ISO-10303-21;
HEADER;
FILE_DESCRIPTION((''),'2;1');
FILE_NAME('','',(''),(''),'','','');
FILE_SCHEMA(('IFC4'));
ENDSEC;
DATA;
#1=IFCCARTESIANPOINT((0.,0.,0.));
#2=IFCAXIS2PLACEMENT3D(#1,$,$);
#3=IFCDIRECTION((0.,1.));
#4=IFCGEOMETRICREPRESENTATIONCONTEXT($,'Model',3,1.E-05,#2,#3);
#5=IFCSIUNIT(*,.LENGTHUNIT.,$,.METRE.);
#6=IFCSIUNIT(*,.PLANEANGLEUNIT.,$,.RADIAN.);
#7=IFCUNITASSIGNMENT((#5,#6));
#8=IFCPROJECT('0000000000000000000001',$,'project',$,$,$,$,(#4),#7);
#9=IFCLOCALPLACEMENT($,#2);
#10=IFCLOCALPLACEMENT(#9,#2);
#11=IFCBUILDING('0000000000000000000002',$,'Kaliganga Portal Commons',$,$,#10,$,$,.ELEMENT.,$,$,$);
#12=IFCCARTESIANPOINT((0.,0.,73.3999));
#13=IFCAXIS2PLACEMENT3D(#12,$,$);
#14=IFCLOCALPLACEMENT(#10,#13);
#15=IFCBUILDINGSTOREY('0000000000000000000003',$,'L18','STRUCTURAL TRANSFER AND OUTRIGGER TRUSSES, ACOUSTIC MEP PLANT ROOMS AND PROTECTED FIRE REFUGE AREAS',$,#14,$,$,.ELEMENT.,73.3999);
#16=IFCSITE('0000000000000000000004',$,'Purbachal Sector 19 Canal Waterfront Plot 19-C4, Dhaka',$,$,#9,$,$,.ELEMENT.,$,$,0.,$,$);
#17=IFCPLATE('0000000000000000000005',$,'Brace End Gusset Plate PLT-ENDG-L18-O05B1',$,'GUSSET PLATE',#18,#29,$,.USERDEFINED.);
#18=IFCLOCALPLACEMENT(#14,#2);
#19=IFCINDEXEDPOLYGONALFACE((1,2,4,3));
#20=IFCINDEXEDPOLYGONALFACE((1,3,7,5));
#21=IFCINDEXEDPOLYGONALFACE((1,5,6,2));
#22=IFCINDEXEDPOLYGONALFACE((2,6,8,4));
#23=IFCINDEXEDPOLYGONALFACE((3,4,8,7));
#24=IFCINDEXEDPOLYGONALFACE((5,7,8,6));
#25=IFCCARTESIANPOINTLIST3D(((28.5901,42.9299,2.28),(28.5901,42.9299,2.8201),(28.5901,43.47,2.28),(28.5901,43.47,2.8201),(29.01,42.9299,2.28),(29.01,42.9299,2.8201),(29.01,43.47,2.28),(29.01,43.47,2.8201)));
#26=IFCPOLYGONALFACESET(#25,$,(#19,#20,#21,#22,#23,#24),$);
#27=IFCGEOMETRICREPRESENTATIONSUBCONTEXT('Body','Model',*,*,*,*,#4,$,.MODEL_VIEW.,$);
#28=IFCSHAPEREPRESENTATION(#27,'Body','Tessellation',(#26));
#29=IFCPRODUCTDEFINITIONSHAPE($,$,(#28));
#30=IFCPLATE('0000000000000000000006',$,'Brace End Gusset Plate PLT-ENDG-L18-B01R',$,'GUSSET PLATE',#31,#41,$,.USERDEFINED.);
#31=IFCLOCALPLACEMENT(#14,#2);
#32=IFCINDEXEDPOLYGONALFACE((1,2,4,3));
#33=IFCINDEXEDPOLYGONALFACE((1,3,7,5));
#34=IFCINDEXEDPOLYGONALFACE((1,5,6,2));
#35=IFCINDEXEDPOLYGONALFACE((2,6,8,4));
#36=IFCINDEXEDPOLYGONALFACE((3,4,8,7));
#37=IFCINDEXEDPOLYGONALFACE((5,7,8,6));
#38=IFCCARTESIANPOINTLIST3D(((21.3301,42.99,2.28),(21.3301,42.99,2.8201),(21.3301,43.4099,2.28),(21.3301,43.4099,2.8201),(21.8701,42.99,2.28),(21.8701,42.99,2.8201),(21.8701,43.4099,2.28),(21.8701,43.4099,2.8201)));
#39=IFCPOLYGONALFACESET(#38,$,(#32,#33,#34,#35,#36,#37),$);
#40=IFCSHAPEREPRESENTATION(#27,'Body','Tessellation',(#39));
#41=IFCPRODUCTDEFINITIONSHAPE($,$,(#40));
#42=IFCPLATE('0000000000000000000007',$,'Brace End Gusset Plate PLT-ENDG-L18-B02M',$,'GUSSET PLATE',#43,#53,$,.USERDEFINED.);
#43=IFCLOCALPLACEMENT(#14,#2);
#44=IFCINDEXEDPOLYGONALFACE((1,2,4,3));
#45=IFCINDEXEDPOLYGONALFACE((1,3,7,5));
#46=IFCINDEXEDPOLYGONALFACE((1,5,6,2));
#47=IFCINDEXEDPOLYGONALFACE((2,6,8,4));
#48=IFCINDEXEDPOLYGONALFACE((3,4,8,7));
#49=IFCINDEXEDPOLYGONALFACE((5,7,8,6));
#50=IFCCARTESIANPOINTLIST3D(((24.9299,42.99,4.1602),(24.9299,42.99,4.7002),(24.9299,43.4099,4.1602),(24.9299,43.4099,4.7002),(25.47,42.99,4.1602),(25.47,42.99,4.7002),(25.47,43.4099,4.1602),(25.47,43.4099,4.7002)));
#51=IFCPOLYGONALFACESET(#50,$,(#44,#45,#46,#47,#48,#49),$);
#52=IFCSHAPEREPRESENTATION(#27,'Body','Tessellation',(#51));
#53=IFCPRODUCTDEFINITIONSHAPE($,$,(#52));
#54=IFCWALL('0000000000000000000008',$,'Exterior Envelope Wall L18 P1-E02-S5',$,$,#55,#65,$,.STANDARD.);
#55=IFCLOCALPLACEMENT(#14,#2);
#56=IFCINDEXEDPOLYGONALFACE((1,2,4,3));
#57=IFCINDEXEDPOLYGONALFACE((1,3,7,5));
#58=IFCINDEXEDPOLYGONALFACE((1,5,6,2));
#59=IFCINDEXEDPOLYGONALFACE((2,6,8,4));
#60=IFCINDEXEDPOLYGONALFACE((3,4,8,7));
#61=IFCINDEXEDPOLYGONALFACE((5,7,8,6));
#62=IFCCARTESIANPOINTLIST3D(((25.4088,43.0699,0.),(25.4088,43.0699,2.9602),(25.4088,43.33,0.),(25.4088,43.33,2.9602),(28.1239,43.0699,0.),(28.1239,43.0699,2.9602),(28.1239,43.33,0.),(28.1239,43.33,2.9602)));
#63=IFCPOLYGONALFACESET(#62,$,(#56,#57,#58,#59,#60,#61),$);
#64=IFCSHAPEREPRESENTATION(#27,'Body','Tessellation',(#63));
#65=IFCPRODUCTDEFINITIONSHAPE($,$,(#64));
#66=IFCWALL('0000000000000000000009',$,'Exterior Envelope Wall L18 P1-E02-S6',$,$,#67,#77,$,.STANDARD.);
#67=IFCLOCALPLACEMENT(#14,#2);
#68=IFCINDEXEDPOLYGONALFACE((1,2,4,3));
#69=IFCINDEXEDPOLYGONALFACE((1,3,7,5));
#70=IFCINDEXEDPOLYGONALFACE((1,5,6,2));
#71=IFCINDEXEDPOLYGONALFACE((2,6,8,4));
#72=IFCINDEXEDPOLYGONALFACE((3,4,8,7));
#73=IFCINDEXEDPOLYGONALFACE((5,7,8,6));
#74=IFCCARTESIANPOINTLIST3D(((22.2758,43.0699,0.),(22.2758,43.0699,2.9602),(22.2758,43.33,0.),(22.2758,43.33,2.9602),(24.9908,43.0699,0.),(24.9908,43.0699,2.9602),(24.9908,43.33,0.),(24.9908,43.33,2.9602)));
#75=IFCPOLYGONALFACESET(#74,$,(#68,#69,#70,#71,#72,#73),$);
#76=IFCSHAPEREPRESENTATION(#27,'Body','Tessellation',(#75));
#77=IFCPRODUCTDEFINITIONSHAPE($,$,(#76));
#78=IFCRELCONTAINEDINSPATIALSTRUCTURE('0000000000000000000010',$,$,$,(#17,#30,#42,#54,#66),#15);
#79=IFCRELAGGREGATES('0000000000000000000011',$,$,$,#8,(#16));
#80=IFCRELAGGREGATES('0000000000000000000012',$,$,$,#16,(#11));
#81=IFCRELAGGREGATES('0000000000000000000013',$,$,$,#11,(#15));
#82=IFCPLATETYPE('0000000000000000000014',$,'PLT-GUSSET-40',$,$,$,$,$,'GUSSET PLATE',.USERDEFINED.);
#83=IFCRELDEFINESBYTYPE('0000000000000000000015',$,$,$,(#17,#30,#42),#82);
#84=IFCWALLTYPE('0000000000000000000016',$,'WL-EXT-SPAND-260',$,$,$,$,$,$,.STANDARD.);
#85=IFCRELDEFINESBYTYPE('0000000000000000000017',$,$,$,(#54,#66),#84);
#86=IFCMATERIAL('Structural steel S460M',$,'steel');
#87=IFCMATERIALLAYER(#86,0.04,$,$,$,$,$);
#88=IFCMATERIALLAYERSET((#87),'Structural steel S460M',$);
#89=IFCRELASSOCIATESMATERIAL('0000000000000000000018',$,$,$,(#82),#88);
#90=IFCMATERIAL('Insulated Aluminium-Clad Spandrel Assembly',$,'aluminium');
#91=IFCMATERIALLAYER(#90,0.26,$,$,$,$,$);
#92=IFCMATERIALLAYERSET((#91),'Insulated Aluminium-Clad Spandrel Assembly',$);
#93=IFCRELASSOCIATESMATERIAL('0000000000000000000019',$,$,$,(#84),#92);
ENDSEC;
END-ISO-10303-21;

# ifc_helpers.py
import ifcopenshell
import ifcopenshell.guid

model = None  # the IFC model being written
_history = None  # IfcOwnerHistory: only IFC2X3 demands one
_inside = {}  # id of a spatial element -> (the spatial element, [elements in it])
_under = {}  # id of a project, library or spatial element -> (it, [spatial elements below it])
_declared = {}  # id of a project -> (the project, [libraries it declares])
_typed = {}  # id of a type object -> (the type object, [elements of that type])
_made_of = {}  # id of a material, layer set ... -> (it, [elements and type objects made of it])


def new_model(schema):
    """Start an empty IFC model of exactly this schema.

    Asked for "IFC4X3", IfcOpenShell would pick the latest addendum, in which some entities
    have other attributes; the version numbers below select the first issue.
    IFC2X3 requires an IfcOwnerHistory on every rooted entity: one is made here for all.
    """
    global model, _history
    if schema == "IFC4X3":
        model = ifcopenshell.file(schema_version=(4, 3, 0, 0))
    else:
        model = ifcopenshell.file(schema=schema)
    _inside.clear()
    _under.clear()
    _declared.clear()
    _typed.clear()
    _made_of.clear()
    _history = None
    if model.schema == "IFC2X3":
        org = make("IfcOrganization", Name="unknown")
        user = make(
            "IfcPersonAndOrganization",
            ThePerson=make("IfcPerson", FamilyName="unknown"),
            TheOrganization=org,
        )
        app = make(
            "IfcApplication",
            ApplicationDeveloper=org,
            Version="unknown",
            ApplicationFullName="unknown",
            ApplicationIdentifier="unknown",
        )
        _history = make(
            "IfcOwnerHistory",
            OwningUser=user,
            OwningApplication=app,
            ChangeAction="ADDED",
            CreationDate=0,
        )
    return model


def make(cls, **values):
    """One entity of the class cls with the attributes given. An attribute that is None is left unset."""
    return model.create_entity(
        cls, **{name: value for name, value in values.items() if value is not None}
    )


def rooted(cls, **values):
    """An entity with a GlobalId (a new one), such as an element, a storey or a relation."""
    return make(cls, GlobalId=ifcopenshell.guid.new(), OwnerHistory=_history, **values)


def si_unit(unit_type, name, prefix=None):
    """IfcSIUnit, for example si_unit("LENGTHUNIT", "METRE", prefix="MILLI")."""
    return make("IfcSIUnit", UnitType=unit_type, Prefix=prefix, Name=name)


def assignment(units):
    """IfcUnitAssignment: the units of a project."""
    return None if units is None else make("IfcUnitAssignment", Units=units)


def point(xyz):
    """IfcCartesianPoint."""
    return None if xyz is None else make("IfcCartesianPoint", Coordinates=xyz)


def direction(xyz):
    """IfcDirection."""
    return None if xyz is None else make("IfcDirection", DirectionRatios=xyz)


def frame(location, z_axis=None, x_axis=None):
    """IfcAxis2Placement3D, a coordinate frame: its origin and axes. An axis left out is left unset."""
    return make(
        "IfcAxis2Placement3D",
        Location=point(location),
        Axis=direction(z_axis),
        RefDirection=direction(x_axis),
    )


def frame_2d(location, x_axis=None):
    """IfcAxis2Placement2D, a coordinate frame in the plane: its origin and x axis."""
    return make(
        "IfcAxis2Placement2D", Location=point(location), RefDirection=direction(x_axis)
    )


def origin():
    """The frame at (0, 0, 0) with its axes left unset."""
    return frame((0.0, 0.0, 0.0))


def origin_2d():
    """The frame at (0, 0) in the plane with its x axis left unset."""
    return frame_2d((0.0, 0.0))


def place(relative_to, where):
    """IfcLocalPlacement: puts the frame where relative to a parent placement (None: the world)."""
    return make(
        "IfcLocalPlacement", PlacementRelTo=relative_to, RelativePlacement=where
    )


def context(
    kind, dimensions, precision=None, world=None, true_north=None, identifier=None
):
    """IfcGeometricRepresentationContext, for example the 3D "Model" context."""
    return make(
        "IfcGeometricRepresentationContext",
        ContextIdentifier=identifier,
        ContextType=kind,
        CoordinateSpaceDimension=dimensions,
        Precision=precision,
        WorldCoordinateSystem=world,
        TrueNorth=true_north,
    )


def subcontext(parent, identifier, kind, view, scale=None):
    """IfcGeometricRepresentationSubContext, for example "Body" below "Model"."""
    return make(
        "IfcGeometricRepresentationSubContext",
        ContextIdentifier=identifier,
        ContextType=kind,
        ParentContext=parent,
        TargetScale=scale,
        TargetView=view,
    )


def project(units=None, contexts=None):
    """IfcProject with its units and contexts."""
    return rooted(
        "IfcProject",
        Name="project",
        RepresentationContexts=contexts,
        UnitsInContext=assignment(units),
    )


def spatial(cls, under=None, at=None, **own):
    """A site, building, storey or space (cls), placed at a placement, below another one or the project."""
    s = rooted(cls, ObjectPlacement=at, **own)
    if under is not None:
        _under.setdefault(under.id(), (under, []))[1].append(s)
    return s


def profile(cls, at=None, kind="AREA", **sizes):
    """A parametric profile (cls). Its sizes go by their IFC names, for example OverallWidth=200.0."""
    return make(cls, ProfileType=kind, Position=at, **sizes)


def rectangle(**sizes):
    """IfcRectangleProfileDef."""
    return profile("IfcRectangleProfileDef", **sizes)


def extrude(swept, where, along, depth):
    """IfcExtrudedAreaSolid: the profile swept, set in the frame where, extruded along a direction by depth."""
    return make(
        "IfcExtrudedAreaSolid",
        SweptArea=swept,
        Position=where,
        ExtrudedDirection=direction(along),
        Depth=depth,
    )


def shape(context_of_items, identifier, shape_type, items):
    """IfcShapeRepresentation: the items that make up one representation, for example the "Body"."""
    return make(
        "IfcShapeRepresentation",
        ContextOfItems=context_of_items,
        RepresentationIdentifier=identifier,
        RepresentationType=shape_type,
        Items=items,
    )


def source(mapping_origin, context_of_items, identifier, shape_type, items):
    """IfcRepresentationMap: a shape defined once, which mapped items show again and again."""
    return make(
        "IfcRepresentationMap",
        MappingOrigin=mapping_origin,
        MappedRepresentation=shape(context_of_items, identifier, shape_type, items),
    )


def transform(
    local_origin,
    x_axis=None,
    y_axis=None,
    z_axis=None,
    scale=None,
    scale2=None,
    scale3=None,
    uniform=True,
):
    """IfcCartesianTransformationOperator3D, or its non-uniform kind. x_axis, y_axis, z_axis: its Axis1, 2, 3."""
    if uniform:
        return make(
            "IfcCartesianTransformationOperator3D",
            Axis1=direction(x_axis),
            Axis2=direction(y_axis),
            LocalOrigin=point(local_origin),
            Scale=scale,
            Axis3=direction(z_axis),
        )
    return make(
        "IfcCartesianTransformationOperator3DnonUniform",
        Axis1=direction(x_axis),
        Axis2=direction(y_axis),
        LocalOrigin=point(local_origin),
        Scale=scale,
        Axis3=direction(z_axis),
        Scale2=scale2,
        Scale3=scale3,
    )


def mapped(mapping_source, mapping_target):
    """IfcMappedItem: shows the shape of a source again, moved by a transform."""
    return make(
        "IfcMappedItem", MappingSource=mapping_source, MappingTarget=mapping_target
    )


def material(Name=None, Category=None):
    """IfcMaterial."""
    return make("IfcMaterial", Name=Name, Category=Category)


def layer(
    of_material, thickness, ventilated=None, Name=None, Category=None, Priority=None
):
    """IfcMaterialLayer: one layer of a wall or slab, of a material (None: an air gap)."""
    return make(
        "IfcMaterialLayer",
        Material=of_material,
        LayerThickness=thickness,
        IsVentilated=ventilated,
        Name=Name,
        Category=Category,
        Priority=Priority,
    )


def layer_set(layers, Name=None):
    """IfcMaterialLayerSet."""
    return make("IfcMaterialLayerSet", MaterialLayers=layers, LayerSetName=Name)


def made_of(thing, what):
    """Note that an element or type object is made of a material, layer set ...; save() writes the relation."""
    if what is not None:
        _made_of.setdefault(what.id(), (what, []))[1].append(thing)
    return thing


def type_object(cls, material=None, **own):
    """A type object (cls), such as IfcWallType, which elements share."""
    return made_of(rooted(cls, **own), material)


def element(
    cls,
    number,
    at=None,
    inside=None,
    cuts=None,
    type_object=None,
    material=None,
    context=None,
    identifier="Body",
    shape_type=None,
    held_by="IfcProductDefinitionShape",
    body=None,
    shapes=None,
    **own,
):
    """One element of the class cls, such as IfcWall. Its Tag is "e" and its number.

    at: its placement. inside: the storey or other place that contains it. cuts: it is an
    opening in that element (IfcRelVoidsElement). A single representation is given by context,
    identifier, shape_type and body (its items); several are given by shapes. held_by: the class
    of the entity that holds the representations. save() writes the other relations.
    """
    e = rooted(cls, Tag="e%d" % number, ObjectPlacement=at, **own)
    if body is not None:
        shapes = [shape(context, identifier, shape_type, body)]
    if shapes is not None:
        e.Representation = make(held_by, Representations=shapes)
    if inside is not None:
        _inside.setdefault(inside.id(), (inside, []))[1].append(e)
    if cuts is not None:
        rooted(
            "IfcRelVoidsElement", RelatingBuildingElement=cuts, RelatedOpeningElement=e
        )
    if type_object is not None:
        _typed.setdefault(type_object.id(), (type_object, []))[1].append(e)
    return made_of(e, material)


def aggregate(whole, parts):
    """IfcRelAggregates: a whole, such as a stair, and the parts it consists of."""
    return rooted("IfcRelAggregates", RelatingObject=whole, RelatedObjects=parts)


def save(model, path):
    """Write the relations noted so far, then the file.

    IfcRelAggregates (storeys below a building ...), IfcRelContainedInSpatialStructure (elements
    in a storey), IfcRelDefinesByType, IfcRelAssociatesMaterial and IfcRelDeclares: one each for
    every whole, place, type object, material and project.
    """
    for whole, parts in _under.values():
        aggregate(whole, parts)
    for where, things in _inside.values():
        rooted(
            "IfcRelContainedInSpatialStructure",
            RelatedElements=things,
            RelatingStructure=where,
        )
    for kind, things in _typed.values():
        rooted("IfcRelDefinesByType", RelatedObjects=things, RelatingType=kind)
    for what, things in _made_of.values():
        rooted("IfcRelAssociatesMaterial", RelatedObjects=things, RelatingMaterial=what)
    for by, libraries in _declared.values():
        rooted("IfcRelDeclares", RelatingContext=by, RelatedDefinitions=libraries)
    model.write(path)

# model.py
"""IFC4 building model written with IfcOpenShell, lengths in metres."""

from ifc_helpers import new_model, si_unit, direction, frame, frame_2d, origin, origin_2d, place, context, subcontext, project, spatial, rectangle, extrude, source, transform, mapped, material, layer, layer_set, type_object, element, save


model = new_model("IFC4")

# Units and contexts
model_context = context("Model", 3, precision=1e-05, world=origin(), true_north=direction((0.0, 1.0)))
body_context = subcontext(model_context, "Body", "Model", "MODEL_VIEW")
ifc_project = project(units=[si_unit("LENGTHUNIT", "METRE"), si_unit("PLANEANGLEUNIT", "RADIAN")], contexts=[model_context])

# Site, building, storey
site_placement = place(None, origin())
site = spatial("IfcSite", under=ifc_project, at=site_placement, Name="Purbachal Sector 19 Canal Waterfront Plot 19-C4, Dhaka", CompositionType="ELEMENT", RefElevation=0.0)
building_placement = place(site_placement, origin())
building = spatial("IfcBuilding", under=site, at=building_placement, Name="Kaliganga Portal Commons", CompositionType="ELEMENT")
storey_placement = place(building_placement, frame((0.0, 0.0, 73.3999)))
storey = spatial("IfcBuildingStorey", under=building, at=storey_placement, Name="L18", Description="STRUCTURAL TRANSFER AND OUTRIGGER TRUSSES, ACOUSTIC MEP PLANT ROOMS AND PROTECTED FIRE REFUGE AREAS", CompositionType="ELEMENT", Elevation=73.3999)

# Shared definitions
ifc_material_1 = material(Name="Structural steel S460M", Category="steel")

# Plates
ifc_layer_1 = layer(ifc_material_1, 0.04)
ifc_layer_set_1 = layer_set([ifc_layer_1], Name="Structural steel S460M")
plate_type = type_object("IfcPlateType", Name="PLT-GUSSET-40", ElementType="GUSSET PLATE", PredefinedType="USERDEFINED", material=ifc_layer_set_1)
shared_shape_1 = source(origin(), body_context, "Body", "SweptSolid", [
    extrude(rectangle(XDim=0.54, YDim=0.4199, at=origin_2d()), origin(), (0.0, 0.0, 1.0), 0.54),
])
for number, where, z_axis, x_axis, name in (
    (1, (28.8, 43.2, 2.28), (0.0, 0.0, 1.0), (0.0, 1.0, 0.0), "Brace End Gusset Plate PLT-ENDG-L18-O05B1"),
    (2, (21.6001, 43.2, 2.28), (0.0, 0.0, 1.0), (1.0, 0.0, 0.0), "Brace End Gusset Plate PLT-ENDG-L18-B01R"),
    (3, (25.2, 43.2, 4.1602), (0.0, 0.0, 1.0), (1.0, 0.0, 0.0), "Brace End Gusset Plate PLT-ENDG-L18-B02M"),
):
    element("IfcPlate", number, at=place(storey_placement, frame(where, z_axis=z_axis, x_axis=x_axis)), inside=storey, type_object=plate_type, Name=name, ObjectType="GUSSET PLATE", PredefinedType="USERDEFINED", context=body_context, shape_type="MappedRepresentation", body=[
        mapped(shared_shape_1, transform((0.0, 0.0, 0.0), x_axis=(1.0, 0.0, 0.0), y_axis=(0.0, 1.0, 0.0), z_axis=(0.0, 0.0, 1.0), scale=1.0)),
    ])

# Walls
ifc_material_2 = material(Name="Insulated Aluminium-Clad Spandrel Assembly", Category="aluminium")
ifc_layer_2 = layer(ifc_material_2, 0.26)
ifc_layer_set_2 = layer_set([ifc_layer_2], Name="Insulated Aluminium-Clad Spandrel Assembly")
wall_type = type_object("IfcWallType", Name="WL-EXT-SPAND-260", PredefinedType="STANDARD", material=ifc_layer_set_2)
for number, where, z_axis, x_axis, name in (
    (4, (25.4089, 43.2, 0.0), (0.0, 0.0, 1.0), (1.0, 0.0, 0.0), "Exterior Envelope Wall L18 P1-E02-S5"),
    (5, (22.2759, 43.2, 0.0), (0.0, 0.0, 1.0), (1.0, 0.0, 0.0), "Exterior Envelope Wall L18 P1-E02-S6"),
):
    element("IfcWall", number, at=place(storey_placement, frame(where, z_axis=z_axis, x_axis=x_axis)), inside=storey, type_object=wall_type, Name=name, PredefinedType="STANDARD", context=body_context, shape_type="SweptSolid", body=[
        extrude(rectangle(XDim=2.7151, YDim=0.26, at=frame_2d((1.3574, 0.0))), origin(), (0.0, 0.0, 1.0), 2.9602),
    ])

save(model, "model.ifc")
